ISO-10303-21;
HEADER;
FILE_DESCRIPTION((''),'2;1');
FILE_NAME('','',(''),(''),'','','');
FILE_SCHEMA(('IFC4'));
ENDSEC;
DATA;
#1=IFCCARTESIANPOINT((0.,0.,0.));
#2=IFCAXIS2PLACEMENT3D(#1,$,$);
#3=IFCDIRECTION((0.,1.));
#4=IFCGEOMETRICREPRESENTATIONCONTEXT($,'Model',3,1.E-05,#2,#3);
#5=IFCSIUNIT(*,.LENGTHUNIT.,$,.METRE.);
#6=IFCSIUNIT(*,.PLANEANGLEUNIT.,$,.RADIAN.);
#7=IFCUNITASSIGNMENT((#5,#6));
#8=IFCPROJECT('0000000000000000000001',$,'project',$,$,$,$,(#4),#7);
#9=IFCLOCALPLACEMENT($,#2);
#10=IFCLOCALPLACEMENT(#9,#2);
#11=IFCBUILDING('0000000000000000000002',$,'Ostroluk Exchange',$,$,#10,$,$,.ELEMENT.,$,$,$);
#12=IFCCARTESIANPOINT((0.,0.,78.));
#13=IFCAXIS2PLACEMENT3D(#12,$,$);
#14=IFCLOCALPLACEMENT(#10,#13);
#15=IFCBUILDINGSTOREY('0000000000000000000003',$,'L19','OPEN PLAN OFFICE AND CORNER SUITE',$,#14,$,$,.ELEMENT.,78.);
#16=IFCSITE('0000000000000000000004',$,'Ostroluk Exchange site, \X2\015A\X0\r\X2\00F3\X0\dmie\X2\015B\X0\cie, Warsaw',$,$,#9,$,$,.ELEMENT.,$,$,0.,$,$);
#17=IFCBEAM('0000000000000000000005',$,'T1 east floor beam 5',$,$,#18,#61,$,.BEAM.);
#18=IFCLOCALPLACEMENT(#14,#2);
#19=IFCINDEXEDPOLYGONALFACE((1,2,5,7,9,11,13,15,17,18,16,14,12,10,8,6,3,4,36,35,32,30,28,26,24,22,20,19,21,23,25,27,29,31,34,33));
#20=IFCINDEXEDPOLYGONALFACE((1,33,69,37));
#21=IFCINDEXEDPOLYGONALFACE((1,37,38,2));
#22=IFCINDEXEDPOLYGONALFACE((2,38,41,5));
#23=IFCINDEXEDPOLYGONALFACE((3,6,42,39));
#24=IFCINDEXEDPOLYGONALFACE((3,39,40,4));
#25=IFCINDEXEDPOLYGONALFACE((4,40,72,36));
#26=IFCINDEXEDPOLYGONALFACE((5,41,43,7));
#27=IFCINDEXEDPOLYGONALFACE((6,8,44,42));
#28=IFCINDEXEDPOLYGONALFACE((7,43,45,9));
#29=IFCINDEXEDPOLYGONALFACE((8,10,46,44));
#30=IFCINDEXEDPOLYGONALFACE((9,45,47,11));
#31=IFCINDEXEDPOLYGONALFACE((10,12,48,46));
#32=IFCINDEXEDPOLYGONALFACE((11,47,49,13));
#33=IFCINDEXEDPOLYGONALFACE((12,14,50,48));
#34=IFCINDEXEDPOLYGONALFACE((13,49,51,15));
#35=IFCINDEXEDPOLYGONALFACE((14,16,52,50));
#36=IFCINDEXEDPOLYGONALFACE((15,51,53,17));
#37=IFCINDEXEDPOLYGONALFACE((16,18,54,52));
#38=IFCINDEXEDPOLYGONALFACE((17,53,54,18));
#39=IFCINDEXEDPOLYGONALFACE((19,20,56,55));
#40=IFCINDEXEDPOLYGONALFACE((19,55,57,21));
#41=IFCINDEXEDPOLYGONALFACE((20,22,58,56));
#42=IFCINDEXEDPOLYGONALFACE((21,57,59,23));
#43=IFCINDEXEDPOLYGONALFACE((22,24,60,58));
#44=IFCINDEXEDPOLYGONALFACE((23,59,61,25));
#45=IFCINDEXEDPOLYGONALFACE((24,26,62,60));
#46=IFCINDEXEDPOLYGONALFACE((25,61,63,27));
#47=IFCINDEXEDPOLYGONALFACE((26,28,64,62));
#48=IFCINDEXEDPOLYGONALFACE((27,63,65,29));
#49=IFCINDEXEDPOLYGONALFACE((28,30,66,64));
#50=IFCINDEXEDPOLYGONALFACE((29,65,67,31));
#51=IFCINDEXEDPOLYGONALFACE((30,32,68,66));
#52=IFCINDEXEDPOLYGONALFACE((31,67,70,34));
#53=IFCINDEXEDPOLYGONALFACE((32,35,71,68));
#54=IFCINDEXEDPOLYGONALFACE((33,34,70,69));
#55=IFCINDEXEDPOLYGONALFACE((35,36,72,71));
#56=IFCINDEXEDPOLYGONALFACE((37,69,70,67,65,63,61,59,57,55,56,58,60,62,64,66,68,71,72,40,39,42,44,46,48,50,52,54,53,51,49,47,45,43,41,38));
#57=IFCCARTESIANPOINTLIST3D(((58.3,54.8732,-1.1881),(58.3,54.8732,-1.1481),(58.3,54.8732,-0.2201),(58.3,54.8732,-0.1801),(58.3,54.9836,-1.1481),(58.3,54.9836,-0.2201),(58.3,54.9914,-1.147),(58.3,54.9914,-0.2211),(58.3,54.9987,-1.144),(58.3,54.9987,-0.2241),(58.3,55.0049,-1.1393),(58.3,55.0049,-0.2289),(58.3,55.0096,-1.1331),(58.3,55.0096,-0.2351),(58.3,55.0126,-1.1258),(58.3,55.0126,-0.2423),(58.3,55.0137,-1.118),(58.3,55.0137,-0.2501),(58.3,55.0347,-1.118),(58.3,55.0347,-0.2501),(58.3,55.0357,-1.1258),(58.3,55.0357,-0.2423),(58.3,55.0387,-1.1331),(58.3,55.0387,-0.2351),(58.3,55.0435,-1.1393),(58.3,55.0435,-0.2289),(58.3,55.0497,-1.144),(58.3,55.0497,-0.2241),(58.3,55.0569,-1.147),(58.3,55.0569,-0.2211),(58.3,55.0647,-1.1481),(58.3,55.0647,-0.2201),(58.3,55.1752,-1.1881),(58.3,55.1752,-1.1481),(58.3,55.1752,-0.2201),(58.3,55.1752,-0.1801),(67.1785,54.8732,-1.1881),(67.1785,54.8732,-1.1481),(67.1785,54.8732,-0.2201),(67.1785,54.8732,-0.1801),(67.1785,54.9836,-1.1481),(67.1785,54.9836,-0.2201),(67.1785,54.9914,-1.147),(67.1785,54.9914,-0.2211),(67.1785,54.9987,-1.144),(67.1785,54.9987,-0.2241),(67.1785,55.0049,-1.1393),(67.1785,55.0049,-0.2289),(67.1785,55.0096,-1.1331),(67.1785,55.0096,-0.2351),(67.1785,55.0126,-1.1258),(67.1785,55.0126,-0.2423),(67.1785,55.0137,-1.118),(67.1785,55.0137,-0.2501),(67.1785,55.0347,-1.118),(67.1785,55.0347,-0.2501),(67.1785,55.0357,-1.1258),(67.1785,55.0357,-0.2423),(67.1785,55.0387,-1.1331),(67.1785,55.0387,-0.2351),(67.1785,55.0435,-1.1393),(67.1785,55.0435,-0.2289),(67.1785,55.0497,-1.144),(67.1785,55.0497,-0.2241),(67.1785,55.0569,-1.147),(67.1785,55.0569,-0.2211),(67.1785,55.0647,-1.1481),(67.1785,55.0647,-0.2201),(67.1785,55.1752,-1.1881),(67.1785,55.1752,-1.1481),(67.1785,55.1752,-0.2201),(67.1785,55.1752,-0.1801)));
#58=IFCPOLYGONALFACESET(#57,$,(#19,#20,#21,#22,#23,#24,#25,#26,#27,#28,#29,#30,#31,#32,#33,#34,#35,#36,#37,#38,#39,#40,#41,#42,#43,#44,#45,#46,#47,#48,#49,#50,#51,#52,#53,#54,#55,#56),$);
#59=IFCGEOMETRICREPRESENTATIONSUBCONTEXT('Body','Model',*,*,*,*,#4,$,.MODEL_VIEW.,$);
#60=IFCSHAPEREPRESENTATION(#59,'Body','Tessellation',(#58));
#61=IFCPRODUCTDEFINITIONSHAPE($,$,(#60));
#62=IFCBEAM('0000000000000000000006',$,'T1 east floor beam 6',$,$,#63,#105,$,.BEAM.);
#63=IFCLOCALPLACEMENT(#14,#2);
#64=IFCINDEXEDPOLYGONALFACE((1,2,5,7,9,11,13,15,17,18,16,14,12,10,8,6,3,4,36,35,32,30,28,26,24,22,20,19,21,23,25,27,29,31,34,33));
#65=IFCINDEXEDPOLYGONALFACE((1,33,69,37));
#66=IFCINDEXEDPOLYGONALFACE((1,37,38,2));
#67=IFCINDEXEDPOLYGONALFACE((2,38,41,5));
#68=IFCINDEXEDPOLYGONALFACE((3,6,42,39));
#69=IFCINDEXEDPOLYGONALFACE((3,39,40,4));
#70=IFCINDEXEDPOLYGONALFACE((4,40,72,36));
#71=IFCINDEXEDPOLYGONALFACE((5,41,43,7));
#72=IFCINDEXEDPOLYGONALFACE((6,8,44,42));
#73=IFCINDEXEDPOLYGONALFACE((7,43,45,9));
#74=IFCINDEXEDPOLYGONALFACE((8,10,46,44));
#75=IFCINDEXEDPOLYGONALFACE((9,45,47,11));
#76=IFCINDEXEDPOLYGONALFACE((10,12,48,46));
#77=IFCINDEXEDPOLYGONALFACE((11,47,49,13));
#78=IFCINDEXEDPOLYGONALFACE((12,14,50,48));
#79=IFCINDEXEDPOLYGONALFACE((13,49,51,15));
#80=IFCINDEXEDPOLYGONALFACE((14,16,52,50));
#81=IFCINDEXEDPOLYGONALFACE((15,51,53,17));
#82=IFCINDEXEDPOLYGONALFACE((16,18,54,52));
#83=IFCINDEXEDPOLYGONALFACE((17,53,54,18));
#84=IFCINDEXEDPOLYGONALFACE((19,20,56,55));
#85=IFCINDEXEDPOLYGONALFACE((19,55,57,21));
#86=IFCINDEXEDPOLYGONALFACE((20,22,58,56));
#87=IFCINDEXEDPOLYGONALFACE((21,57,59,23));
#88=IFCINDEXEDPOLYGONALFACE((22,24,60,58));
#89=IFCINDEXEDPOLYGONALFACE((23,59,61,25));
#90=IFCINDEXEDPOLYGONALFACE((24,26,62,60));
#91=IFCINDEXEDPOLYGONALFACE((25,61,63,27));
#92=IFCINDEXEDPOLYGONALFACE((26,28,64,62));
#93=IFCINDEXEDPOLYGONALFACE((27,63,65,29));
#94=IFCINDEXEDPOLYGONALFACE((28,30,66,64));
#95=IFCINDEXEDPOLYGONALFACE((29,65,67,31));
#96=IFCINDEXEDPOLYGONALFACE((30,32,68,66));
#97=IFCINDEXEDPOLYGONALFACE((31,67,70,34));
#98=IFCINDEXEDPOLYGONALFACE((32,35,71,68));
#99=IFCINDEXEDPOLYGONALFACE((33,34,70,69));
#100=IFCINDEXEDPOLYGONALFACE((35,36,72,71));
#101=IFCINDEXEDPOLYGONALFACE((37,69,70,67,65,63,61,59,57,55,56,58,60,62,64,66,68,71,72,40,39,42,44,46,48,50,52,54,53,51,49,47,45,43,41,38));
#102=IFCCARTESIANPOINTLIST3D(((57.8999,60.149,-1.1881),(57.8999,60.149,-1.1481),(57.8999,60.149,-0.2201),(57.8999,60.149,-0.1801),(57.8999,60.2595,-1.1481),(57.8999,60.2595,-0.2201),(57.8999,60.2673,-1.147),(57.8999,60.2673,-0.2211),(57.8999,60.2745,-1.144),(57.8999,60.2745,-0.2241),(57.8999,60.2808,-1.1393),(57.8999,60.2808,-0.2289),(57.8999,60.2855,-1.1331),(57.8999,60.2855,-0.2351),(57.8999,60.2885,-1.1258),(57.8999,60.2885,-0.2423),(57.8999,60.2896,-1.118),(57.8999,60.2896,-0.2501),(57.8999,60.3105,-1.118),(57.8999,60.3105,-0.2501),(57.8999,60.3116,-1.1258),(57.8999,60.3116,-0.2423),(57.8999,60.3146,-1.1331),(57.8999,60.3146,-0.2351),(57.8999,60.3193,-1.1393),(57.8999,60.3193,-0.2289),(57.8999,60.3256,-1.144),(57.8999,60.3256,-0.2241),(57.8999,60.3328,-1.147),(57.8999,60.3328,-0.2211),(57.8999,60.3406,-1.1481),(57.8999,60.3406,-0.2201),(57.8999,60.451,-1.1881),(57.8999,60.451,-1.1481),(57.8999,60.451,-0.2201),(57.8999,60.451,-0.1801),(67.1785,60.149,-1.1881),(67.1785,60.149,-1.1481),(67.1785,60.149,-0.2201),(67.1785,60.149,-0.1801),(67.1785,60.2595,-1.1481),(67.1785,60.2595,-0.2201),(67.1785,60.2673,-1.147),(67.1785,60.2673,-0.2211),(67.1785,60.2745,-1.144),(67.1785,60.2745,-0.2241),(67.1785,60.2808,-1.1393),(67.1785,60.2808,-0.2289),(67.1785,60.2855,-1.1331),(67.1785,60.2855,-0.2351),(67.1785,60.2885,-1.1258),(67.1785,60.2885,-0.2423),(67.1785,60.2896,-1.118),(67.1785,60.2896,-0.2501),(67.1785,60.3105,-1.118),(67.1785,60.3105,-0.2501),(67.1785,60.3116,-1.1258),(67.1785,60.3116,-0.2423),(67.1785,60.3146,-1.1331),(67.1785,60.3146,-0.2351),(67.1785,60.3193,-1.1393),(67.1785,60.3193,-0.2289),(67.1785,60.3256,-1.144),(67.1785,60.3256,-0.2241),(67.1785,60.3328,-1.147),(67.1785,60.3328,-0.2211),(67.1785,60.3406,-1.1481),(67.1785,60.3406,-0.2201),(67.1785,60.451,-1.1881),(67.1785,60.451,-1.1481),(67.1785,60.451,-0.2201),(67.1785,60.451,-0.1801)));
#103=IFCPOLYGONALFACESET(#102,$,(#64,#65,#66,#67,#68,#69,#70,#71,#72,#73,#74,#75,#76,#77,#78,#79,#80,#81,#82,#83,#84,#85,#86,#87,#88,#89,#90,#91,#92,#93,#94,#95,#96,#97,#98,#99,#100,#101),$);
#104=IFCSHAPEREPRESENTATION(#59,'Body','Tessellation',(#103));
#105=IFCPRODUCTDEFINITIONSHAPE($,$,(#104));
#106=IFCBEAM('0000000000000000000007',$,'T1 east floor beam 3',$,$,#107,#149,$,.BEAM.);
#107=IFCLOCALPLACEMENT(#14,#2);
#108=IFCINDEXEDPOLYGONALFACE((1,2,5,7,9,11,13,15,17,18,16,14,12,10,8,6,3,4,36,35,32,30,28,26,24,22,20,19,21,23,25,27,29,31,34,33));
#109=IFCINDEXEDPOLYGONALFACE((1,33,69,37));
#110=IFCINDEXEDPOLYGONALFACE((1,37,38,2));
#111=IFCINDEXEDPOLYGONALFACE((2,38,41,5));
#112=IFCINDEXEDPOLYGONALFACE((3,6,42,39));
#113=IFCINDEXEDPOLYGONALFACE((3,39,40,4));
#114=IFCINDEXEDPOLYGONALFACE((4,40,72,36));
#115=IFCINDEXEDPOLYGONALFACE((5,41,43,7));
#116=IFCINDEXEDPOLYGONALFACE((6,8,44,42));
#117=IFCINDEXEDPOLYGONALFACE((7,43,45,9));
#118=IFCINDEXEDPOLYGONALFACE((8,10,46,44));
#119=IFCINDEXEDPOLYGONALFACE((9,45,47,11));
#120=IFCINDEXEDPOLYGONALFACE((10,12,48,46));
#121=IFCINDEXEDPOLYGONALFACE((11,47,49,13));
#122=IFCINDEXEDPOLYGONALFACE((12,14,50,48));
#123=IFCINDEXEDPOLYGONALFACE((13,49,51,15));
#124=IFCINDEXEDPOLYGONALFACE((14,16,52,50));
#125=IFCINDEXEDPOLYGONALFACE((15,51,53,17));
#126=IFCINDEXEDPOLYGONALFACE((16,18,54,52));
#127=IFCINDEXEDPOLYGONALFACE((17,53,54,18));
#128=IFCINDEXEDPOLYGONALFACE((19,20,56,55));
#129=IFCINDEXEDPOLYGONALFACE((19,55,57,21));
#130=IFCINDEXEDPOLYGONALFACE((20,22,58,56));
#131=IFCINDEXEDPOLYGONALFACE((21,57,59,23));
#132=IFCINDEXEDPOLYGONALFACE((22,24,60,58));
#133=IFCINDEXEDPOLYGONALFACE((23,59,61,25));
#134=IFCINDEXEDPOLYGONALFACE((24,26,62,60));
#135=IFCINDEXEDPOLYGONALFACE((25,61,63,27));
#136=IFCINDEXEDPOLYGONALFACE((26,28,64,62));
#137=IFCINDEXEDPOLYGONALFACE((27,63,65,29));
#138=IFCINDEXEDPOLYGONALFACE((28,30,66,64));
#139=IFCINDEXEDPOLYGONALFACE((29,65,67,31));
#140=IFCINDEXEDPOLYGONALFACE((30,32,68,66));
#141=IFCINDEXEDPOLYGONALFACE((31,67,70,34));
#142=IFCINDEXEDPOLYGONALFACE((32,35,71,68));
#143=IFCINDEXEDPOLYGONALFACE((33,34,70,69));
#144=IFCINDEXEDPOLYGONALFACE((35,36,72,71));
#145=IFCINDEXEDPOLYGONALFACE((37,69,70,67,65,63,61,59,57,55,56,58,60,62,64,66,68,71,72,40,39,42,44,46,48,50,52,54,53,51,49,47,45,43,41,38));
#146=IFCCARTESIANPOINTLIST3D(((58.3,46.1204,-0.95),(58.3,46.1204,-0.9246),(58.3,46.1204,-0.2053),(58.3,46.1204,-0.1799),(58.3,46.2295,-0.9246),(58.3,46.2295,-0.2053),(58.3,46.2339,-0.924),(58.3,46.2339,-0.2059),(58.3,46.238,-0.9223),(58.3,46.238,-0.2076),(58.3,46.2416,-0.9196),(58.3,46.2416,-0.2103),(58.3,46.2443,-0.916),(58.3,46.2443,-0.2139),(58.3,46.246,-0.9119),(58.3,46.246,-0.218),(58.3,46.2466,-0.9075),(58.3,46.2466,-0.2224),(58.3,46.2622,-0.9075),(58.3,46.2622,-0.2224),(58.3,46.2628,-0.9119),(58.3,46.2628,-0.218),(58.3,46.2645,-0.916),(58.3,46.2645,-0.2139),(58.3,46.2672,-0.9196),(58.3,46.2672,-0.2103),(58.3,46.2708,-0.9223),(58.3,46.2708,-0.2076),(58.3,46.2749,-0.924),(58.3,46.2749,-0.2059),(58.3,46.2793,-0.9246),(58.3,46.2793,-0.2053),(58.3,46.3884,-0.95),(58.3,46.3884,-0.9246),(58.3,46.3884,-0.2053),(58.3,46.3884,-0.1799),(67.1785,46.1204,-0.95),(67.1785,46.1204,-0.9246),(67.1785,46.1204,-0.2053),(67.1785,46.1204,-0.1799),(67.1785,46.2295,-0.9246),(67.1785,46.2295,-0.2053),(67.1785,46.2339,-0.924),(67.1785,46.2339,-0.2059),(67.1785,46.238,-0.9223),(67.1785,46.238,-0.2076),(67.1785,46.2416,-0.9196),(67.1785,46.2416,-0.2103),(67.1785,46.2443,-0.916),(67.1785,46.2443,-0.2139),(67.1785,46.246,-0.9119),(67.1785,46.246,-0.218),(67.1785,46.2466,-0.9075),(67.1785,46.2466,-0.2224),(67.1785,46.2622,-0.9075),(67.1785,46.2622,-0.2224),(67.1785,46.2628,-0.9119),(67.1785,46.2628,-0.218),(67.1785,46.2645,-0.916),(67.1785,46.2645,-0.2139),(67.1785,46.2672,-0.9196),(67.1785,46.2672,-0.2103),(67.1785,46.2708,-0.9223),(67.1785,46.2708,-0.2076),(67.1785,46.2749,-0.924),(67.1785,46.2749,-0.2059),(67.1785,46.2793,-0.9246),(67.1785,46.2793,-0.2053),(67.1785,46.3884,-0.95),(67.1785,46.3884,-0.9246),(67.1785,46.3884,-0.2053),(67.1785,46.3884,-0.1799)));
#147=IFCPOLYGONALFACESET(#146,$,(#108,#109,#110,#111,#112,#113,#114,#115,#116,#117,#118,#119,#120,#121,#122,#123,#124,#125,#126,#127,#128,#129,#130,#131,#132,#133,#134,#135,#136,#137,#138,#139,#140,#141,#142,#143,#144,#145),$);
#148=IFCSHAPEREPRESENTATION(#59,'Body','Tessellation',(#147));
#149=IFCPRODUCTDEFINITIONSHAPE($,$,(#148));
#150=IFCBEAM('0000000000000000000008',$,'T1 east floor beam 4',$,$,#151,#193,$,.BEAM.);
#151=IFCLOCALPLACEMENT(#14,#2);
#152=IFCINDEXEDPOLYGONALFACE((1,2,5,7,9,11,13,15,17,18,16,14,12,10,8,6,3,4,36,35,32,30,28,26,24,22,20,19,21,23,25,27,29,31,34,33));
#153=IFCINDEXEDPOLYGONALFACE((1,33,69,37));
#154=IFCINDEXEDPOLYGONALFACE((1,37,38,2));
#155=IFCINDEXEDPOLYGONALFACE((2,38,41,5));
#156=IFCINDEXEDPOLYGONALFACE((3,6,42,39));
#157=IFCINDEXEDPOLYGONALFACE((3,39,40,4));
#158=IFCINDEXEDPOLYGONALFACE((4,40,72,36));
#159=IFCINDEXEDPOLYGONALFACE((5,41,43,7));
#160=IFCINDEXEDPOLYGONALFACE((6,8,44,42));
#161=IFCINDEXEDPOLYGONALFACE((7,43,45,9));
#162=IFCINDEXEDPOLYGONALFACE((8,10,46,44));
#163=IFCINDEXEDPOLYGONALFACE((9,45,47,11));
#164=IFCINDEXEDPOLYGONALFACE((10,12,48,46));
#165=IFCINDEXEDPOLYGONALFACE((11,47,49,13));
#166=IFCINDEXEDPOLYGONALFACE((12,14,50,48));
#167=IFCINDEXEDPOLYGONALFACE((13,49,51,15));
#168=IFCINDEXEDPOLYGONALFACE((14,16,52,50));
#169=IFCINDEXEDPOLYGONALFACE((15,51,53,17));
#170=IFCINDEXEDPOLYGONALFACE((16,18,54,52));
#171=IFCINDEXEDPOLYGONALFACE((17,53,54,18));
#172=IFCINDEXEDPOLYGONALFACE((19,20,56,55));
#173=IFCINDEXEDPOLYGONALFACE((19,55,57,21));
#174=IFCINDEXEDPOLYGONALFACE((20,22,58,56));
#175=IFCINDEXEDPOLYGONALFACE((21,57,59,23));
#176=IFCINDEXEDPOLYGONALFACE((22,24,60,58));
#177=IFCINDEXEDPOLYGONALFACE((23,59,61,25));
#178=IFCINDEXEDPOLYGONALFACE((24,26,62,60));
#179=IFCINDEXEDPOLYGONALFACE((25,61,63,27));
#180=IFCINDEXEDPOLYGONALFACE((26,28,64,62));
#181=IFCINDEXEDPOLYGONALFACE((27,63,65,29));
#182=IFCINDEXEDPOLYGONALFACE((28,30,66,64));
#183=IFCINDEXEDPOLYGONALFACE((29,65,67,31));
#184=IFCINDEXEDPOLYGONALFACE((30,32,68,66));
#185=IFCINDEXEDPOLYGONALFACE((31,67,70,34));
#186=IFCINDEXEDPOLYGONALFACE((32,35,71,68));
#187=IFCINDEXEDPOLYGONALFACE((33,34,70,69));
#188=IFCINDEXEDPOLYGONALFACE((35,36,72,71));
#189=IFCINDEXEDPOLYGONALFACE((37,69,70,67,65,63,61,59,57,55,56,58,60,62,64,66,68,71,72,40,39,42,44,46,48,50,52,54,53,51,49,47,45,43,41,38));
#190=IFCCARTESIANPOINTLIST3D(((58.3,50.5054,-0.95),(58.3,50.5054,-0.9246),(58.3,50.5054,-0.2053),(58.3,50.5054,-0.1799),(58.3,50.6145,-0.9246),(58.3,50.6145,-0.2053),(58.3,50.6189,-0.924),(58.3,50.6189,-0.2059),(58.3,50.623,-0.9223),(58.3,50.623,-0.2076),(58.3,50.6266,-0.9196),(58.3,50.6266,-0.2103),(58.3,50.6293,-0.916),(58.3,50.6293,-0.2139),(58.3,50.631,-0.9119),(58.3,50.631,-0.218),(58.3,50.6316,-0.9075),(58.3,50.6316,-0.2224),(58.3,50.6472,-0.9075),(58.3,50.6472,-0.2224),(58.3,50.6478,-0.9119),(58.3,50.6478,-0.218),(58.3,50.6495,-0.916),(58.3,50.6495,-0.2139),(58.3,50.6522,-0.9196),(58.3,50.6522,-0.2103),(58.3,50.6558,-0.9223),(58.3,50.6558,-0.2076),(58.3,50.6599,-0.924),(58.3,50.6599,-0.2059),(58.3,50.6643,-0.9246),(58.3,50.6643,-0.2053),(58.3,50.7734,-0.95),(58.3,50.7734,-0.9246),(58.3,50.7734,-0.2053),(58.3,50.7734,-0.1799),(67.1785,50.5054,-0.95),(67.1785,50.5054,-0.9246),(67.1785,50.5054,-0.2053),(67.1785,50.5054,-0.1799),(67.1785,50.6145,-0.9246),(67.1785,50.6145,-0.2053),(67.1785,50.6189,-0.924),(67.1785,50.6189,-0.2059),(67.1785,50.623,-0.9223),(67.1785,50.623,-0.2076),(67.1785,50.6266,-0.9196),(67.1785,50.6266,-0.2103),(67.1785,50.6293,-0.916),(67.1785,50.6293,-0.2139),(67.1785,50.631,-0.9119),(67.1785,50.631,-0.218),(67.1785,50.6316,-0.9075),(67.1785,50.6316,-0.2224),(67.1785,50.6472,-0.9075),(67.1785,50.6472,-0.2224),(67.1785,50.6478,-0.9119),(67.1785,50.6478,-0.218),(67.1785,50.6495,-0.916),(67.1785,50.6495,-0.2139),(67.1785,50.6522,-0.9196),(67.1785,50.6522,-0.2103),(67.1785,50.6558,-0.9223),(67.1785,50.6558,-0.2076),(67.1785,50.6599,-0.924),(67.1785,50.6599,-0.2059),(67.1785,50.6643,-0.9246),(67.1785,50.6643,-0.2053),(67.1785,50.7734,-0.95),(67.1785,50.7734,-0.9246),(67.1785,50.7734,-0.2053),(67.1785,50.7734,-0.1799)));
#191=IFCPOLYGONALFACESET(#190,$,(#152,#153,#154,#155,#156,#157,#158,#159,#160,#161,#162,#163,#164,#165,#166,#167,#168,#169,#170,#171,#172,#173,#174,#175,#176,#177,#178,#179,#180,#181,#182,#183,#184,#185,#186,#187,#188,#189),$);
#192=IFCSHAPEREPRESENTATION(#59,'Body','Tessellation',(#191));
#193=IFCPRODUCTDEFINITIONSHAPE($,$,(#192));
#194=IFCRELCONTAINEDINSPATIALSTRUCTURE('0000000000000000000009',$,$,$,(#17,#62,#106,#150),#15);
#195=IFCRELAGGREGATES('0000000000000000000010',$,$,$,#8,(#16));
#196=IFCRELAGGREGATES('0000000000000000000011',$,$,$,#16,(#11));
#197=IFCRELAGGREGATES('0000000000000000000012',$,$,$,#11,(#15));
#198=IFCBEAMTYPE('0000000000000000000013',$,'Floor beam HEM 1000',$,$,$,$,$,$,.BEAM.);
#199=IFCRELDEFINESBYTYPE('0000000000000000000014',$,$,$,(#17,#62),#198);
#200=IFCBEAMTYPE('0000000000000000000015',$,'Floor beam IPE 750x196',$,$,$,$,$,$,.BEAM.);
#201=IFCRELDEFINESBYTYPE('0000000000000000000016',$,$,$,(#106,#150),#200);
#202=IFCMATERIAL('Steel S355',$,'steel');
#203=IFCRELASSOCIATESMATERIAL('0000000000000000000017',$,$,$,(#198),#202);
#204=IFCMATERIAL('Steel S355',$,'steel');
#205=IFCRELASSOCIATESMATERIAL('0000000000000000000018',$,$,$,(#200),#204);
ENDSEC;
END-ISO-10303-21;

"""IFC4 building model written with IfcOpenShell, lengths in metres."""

from ifc_helpers import new_model, si_unit, direction, frame, origin, origin_2d, place, context, subcontext, project, spatial, i_section, extrude, material, material_profile, profile_set, type_object, element, save


model = new_model("IFC4")

# Units and contexts
model_context = context("Model", 3, precision=1e-05, world=origin(), true_north=direction((0.0, 1.0)))
body_context = subcontext(model_context, "Body", "Model", "MODEL_VIEW")
ifc_project = project(units=[si_unit("LENGTHUNIT", "METRE"), si_unit("PLANEANGLEUNIT", "RADIAN")], contexts=[model_context])

# Site, building, storey
site_placement = place(None, origin())
site = spatial("IfcSite", under=ifc_project, at=site_placement, Name="Ostroluk Exchange site, Śródmieście, Warsaw", CompositionType="ELEMENT", RefElevation=0.0)
building_placement = place(site_placement, origin())
building = spatial("IfcBuilding", under=site, at=building_placement, Name="Ostroluk Exchange", CompositionType="ELEMENT")
storey_placement = place(building_placement, frame((0.0, 0.0, 78.0)))
storey = spatial("IfcBuildingStorey", under=building, at=storey_placement, Name="L19", Description="OPEN PLAN OFFICE AND CORNER SUITE", CompositionType="ELEMENT", Elevation=78.0)

# Beams
ifc_material_1 = material(Name="Steel S355", Category="steel")
ifc_material_profile_1 = material_profile(ifc_material_1, i_section(OverallWidth=0.302, OverallDepth=1.0081, WebThickness=0.021, FlangeThickness=0.04, FilletRadius=0.03, at=origin_2d()), Name="HEM 1000")
ifc_profile_set_1 = profile_set([ifc_material_profile_1], Name="Steel S355")
beam_type_1 = type_object("IfcBeamType", Name="Floor beam HEM 1000", PredefinedType="BEAM", material=ifc_profile_set_1)
beam_1_placement = place(storey_placement, frame((58.3, 55.0242, -0.6841), z_axis=(1.0, 0.0, 0.0), x_axis=(0.0, 1.0, 0.0)))
element("IfcBeam", 1, at=beam_1_placement, inside=storey, type_object=beam_type_1, Name="T1 east floor beam 5", PredefinedType="BEAM", context=body_context, shape_type="SweptSolid", body=[
    extrude(i_section(OverallWidth=0.302, OverallDepth=1.0081, WebThickness=0.021, FlangeThickness=0.04, FilletRadius=0.03, at=origin_2d()), origin(), (0.0, 0.0, 1.0), 8.8784),
])
beam_2_placement = place(storey_placement, frame((57.8999, 60.3, -0.6841), z_axis=(1.0, 0.0, 0.0), x_axis=(0.0, 1.0, 0.0)))
element("IfcBeam", 2, at=beam_2_placement, inside=storey, type_object=beam_type_1, Name="T1 east floor beam 6", PredefinedType="BEAM", context=body_context, shape_type="SweptSolid", body=[
    extrude(i_section(OverallWidth=0.302, OverallDepth=1.0081, WebThickness=0.021, FlangeThickness=0.04, FilletRadius=0.03, at=origin_2d()), origin(), (0.0, 0.0, 1.0), 9.2786),
])
ifc_material_2 = material(Name="Steel S355", Category="steel")
ifc_material_profile_2 = material_profile(ifc_material_2, i_section(OverallWidth=0.2681, OverallDepth=0.77, WebThickness=0.0156, FlangeThickness=0.0254, FilletRadius=0.0171, at=origin_2d()), Name="IPE 750x196")
ifc_profile_set_2 = profile_set([ifc_material_profile_2], Name="Steel S355")
beam_type_2 = type_object("IfcBeamType", Name="Floor beam IPE 750x196", PredefinedType="BEAM", material=ifc_profile_set_2)
for number, where, z_axis, x_axis, name in (
    (3, (58.3, 46.2544, -0.5649), (1.0, 0.0, 0.0), (0.0, 1.0, 0.0), "T1 east floor beam 3"),
    (4, (58.3, 50.6394, -0.5649), (1.0, 0.0, 0.0), (0.0, 1.0, 0.0), "T1 east floor beam 4"),
):
    element("IfcBeam", number, at=place(storey_placement, frame(where, z_axis=z_axis, x_axis=x_axis)), inside=storey, type_object=beam_type_2, Name=name, PredefinedType="BEAM", context=body_context, shape_type="SweptSolid", body=[
        extrude(i_section(OverallWidth=0.2681, OverallDepth=0.77, WebThickness=0.0156, FlangeThickness=0.0254, FilletRadius=0.0171, at=origin_2d()), origin(), (0.0, 0.0, 1.0), 8.8784),
    ])

save(model, "model.ifc")
